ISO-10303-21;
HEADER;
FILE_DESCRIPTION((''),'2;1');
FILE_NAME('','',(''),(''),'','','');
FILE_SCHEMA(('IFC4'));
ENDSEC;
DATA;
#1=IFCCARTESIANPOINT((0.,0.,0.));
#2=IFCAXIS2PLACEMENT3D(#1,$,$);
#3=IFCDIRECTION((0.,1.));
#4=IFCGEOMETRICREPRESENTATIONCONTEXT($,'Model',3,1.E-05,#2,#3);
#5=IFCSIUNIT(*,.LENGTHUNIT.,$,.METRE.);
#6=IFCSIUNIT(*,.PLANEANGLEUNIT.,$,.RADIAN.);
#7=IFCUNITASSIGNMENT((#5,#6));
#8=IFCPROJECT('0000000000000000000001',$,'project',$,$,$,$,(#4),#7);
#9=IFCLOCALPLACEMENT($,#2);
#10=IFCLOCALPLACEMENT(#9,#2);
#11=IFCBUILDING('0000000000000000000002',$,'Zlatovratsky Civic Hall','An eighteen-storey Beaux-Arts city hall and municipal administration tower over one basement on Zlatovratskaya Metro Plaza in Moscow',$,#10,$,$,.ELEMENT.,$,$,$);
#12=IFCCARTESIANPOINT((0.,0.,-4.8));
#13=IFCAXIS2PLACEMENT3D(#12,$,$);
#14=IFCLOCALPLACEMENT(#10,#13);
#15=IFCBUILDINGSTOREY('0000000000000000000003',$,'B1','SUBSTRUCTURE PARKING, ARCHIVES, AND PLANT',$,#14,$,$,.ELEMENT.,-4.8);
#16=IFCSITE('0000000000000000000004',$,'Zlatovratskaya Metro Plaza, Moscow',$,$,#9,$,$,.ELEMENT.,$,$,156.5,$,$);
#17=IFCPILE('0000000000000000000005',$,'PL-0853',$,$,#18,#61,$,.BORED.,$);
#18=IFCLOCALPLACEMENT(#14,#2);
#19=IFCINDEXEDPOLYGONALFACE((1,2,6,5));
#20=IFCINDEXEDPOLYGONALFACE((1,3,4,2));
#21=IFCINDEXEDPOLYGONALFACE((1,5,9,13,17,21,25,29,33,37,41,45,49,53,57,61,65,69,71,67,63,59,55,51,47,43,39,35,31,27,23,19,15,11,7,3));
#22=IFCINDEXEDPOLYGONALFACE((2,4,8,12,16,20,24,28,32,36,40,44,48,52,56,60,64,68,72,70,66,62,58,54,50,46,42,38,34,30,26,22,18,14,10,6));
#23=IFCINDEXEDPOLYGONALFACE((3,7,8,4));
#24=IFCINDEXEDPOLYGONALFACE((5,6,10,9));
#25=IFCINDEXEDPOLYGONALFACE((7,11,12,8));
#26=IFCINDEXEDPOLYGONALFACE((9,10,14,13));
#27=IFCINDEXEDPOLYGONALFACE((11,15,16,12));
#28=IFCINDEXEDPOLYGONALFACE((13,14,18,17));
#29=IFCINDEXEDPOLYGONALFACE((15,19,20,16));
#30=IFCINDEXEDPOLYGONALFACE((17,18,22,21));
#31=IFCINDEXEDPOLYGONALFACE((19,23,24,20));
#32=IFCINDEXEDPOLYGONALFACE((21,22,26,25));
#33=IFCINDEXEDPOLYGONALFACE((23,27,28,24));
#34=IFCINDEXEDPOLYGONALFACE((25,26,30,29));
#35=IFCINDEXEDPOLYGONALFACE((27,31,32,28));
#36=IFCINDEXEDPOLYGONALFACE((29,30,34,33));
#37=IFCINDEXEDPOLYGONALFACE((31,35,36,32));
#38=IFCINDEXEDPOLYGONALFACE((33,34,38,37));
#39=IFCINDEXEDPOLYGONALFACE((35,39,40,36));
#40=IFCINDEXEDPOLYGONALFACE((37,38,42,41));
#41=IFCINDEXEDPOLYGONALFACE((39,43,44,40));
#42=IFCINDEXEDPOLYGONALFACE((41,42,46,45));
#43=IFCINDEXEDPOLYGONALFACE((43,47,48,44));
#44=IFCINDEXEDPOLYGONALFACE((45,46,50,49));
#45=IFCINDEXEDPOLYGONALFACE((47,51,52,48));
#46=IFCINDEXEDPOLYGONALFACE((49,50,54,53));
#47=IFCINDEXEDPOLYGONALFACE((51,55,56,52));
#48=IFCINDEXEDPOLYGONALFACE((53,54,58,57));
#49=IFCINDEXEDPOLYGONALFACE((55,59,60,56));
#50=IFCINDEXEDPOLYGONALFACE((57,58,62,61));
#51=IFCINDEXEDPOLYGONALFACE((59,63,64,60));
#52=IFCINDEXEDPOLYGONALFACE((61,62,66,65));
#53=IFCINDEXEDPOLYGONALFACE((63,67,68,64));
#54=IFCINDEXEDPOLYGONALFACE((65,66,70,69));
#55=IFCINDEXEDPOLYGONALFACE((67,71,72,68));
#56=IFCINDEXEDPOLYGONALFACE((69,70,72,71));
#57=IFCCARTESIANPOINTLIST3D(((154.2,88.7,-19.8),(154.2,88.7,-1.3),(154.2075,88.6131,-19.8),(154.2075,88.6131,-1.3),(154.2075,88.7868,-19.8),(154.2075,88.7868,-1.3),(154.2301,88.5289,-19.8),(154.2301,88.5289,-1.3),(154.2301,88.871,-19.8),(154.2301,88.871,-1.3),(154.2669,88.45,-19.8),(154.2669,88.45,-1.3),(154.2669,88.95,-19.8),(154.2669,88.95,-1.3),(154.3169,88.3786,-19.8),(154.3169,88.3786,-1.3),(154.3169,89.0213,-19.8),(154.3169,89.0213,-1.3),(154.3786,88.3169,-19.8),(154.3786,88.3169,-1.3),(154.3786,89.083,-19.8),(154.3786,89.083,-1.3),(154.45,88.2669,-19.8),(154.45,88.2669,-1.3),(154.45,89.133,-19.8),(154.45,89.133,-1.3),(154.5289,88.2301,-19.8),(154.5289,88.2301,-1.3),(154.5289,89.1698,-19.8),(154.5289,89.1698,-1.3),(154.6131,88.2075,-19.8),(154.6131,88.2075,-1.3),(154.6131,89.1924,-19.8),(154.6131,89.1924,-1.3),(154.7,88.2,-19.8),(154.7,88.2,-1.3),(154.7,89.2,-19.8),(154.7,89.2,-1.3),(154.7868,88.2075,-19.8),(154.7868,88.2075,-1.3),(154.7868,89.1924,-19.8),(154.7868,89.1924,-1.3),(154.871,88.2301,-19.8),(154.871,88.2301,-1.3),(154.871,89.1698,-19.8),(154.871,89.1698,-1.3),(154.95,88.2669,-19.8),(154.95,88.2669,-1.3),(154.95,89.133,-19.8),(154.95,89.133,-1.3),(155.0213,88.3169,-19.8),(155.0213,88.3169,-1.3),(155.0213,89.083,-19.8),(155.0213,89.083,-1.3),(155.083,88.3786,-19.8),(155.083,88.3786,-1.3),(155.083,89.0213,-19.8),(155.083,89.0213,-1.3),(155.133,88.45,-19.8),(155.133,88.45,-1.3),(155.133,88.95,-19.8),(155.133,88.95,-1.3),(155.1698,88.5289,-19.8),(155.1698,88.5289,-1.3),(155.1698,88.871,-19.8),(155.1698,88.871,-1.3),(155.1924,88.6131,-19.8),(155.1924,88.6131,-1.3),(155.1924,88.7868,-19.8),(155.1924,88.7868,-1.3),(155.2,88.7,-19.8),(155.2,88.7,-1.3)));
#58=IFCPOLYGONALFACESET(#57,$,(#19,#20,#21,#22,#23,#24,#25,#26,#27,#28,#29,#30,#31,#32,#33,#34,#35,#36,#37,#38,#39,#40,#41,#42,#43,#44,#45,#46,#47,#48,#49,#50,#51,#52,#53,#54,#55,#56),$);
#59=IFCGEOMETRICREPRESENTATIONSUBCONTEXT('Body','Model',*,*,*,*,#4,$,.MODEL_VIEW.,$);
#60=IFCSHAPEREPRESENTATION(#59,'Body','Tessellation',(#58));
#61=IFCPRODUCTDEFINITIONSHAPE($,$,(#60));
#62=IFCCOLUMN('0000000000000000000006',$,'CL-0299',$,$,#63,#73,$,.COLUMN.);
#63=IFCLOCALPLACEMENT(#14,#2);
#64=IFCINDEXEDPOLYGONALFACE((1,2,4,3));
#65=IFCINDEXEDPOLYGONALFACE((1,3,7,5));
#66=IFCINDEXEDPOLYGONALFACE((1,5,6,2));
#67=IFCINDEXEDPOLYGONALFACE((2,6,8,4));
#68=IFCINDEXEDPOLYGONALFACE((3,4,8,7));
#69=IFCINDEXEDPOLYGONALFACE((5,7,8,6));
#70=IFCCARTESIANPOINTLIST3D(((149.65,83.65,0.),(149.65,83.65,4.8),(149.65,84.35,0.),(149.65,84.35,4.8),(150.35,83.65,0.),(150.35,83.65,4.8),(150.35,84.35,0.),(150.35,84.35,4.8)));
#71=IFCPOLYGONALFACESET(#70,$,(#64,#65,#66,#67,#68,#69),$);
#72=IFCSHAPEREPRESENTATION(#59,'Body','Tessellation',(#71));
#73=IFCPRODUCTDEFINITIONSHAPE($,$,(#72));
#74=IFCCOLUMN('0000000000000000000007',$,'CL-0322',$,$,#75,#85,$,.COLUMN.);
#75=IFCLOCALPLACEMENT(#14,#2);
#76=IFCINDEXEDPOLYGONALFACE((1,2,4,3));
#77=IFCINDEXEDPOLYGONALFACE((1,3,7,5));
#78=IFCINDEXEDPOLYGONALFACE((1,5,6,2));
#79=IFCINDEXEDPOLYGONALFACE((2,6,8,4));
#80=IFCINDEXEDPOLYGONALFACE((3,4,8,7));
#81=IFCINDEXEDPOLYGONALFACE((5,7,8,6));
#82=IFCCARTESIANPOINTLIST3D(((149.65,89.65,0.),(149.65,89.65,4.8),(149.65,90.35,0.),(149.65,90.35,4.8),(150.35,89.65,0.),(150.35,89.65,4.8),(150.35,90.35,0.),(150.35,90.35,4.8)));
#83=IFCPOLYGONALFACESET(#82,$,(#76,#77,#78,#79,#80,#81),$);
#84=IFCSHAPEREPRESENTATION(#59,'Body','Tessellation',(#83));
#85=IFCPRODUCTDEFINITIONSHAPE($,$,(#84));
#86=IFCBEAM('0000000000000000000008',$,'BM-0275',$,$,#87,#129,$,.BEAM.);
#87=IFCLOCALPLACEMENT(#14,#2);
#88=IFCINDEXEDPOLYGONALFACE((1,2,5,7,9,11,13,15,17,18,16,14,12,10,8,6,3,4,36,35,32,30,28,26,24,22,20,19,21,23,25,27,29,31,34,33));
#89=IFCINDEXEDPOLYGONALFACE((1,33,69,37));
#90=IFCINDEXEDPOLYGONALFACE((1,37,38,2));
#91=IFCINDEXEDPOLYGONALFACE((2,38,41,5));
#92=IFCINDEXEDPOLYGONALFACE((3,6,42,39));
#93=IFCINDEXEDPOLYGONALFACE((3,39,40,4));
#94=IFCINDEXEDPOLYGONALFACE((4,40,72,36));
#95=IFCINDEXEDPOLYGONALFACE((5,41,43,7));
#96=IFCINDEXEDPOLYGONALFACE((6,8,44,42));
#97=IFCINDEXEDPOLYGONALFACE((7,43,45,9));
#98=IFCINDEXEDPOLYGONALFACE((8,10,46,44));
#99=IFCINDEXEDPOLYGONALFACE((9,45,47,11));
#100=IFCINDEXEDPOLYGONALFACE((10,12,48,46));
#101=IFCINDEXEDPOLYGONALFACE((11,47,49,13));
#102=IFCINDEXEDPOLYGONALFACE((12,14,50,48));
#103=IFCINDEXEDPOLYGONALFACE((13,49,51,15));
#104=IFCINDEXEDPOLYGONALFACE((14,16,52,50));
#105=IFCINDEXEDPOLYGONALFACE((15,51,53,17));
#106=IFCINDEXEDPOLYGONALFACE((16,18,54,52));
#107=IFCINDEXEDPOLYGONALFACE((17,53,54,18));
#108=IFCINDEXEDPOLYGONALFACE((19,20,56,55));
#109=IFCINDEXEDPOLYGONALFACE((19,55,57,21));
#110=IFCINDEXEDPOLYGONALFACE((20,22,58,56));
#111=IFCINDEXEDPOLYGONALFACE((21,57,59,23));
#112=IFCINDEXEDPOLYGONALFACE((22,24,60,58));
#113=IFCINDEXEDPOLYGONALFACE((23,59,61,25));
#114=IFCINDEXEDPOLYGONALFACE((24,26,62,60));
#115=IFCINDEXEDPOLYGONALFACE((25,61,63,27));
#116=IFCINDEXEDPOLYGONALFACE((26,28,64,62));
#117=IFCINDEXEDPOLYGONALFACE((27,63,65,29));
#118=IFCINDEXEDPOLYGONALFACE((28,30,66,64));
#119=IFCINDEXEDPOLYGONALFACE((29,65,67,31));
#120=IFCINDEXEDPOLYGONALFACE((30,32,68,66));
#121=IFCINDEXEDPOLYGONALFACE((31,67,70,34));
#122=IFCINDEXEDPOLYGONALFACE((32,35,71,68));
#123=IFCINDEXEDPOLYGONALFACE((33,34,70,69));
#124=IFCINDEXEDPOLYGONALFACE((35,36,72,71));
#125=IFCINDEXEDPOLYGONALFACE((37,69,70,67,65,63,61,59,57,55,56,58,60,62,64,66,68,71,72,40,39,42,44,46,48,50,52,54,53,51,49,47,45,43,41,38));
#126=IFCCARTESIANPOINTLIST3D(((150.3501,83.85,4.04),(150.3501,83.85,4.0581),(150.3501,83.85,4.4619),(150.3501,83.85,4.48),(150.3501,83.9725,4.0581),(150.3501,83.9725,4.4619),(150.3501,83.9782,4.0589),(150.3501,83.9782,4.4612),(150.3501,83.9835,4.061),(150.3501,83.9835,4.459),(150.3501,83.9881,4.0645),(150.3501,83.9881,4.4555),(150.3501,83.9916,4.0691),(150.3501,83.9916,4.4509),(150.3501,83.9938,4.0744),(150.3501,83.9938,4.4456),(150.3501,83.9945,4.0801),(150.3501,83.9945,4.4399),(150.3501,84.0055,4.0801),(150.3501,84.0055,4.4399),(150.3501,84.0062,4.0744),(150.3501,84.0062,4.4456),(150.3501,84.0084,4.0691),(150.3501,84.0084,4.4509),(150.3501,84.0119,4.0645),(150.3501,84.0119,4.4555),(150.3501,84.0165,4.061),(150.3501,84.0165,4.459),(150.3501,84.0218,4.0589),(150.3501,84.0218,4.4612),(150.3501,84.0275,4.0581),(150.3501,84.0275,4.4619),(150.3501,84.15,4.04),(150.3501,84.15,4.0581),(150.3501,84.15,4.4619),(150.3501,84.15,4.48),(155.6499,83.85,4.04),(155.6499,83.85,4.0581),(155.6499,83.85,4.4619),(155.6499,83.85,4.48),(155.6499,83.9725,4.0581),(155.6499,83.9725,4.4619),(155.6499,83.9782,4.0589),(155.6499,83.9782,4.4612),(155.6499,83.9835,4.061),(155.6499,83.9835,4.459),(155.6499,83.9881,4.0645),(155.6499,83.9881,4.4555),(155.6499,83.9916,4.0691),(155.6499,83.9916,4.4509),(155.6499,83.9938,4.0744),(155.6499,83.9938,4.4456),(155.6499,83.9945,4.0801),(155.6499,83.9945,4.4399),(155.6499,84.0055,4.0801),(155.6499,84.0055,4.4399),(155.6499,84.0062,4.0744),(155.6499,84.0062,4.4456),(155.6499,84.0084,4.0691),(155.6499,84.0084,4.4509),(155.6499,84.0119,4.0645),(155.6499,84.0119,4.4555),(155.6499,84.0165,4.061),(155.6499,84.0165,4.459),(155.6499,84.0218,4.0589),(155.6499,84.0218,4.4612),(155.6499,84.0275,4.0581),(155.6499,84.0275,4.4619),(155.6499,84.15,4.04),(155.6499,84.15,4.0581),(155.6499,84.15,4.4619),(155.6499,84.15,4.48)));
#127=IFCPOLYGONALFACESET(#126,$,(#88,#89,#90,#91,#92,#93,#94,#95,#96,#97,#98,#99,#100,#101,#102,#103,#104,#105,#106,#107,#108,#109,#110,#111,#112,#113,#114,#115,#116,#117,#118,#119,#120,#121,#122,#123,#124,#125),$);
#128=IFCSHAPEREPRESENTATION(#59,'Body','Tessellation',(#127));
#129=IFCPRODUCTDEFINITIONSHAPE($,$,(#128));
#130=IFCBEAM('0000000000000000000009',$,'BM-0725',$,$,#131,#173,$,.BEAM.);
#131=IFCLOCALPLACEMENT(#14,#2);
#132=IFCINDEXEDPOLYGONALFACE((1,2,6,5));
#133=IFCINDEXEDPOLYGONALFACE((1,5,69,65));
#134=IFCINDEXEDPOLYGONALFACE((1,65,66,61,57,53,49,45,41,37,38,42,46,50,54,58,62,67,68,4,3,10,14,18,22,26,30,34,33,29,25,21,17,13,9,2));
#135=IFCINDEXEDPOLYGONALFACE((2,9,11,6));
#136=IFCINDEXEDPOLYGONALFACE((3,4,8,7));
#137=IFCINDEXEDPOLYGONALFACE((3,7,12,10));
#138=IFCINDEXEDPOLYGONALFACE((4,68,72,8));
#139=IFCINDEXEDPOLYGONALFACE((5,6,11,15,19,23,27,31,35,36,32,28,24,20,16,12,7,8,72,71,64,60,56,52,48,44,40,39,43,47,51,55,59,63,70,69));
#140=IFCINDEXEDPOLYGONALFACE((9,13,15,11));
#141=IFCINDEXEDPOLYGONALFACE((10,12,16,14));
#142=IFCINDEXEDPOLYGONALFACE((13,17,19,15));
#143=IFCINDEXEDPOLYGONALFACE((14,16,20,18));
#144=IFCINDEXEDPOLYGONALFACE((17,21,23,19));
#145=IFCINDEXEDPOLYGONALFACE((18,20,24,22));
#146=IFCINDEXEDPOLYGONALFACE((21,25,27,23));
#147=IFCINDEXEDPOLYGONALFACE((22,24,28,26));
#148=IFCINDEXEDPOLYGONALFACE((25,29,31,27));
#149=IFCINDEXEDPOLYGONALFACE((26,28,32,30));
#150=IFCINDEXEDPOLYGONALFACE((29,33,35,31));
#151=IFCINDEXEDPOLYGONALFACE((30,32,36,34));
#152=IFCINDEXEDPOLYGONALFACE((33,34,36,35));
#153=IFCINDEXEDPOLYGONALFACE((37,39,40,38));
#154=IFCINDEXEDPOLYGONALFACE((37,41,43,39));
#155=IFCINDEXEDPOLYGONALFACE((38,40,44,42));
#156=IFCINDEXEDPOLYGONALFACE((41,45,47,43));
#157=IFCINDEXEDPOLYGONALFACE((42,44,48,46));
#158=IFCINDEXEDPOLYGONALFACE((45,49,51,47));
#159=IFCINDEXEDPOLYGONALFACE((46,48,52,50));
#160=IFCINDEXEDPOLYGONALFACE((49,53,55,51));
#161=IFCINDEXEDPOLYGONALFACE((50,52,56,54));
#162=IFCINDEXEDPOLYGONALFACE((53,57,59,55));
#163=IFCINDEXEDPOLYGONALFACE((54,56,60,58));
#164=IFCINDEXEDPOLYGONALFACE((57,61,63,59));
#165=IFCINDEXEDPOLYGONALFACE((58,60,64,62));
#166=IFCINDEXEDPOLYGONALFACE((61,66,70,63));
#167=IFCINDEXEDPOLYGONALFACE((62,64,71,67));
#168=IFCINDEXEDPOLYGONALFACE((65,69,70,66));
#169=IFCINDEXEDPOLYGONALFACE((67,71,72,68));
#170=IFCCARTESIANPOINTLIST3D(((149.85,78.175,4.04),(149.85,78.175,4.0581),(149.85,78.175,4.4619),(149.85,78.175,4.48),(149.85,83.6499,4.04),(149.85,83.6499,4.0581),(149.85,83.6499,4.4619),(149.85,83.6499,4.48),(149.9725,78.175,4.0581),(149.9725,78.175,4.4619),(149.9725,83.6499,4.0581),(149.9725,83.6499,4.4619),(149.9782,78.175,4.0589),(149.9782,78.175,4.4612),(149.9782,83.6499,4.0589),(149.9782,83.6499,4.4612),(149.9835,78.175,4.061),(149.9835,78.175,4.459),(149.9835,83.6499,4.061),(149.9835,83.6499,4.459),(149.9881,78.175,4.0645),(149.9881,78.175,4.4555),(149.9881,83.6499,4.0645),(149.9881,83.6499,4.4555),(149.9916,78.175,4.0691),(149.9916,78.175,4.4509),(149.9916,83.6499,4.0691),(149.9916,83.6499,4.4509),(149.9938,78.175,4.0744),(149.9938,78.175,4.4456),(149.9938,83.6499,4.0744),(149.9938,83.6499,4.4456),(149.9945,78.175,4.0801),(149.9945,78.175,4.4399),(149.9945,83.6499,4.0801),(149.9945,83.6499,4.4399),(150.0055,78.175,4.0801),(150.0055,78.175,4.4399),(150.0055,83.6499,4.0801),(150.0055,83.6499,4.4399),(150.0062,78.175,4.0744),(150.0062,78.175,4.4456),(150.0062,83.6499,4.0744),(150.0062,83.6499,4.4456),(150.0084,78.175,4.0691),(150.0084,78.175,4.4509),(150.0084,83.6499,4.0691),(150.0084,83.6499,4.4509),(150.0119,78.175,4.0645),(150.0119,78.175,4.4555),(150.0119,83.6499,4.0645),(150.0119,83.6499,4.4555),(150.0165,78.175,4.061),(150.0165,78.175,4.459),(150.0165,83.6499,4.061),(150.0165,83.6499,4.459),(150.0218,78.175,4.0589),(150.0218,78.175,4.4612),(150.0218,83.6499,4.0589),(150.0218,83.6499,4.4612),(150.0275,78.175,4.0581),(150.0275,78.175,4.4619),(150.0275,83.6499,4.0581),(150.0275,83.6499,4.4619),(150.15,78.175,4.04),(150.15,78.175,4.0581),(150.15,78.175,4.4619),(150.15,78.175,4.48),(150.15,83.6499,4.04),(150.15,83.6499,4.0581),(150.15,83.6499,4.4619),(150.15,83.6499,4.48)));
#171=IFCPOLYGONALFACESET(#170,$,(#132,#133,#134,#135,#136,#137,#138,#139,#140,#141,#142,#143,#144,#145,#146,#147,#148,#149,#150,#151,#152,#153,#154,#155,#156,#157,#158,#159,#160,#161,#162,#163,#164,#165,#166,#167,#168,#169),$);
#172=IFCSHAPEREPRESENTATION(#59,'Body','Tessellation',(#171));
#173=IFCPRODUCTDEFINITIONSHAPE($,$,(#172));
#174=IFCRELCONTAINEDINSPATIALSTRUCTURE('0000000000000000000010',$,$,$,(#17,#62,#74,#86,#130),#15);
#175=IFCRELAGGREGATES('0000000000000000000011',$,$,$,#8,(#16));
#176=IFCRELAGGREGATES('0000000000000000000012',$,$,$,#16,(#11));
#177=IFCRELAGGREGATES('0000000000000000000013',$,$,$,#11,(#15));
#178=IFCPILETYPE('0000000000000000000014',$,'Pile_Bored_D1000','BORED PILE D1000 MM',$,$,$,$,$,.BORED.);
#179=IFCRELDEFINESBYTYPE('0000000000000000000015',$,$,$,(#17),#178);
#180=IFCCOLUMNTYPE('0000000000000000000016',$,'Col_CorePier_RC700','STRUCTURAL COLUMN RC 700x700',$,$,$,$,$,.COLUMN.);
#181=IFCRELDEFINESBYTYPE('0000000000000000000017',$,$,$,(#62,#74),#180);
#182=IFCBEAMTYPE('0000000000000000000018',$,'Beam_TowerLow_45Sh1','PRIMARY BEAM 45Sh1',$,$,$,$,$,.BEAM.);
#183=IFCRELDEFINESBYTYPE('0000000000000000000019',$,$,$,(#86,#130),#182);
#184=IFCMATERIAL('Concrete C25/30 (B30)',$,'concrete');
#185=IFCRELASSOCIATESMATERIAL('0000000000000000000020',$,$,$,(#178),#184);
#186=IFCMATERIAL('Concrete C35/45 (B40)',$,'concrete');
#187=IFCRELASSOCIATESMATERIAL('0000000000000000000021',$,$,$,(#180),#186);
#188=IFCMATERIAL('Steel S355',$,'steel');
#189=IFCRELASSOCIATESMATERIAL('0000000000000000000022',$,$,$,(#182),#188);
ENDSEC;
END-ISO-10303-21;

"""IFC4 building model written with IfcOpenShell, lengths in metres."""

from ifc_helpers import new_model, si_unit, direction, frame, origin, origin_2d, place, context, subcontext, project, spatial, rectangle, circle, i_section, extrude, material, material_profile, profile_set, type_object, element, save


model = new_model("IFC4")

# Units and contexts
model_context = context("Model", 3, precision=1e-05, world=origin(), true_north=direction((0.0, 1.0)))
body_context = subcontext(model_context, "Body", "Model", "MODEL_VIEW")
ifc_project = project(units=[si_unit("LENGTHUNIT", "METRE"), si_unit("PLANEANGLEUNIT", "RADIAN")], contexts=[model_context])

# Site, building, storey
site_placement = place(None, origin())
site = spatial("IfcSite", under=ifc_project, at=site_placement, Name="Zlatovratskaya Metro Plaza, Moscow", CompositionType="ELEMENT", RefElevation=156.5)
building_placement = place(site_placement, origin())
building = spatial("IfcBuilding", under=site, at=building_placement, Name="Zlatovratsky Civic Hall", Description="An eighteen-storey Beaux-Arts city hall and municipal administration tower over one basement on Zlatovratskaya Metro Plaza in Moscow", CompositionType="ELEMENT")
storey_placement = place(building_placement, frame((0.0, 0.0, -4.8)))
storey = spatial("IfcBuildingStorey", under=building, at=storey_placement, Name="B1", Description="SUBSTRUCTURE PARKING, ARCHIVES, AND PLANT", CompositionType="ELEMENT", Elevation=-4.8)

# Shared definitions
ifc_material_1 = material(Name="Concrete C25/30 (B30)", Category="concrete")

# Pile
ifc_material_profile_1 = material_profile(ifc_material_1, circle(Radius=0.5, at=origin_2d()), Name="PILE D1000")
ifc_profile_set_1 = profile_set([ifc_material_profile_1], Name="Concrete C25/30 (B30)")
pile_type = type_object("IfcPileType", Name="Pile_Bored_D1000", Description="BORED PILE D1000 MM", PredefinedType="BORED", material=ifc_profile_set_1)
for number, where, z_axis, x_axis, name in (
    (1, (154.7, 88.7, -1.3), (0.0, 0.0, -1.0), (1.0, 0.0, 0.0), "PL-0853"),
):
    element("IfcPile", number, at=place(storey_placement, frame(where, z_axis=z_axis, x_axis=x_axis)), inside=storey, type_object=pile_type, Name=name, PredefinedType="BORED", context=body_context, shape_type="SweptSolid", body=[
        extrude(circle(Radius=0.5, at=origin_2d()), origin(), (0.0, 0.0, 1.0), 18.5),
    ])

# Columns
ifc_material_2 = material(Name="Concrete C35/45 (B40)", Category="concrete")
ifc_material_profile_2 = material_profile(ifc_material_2, rectangle(XDim=0.7, YDim=0.7, at=origin_2d()), Name="RC 700x700")
ifc_profile_set_2 = profile_set([ifc_material_profile_2], Name="Concrete C35/45 (B40)")
column_type = type_object("IfcColumnType", Name="Col_CorePier_RC700", Description="STRUCTURAL COLUMN RC 700x700", PredefinedType="COLUMN", material=ifc_profile_set_2)
for number, where, z_axis, x_axis, name in (
    (2, (150.0, 84.0, 0.0), (0.0, 0.0, 1.0), (1.0, 0.0, 0.0), "CL-0299"),
    (3, (150.0, 90.0, 0.0), (0.0, 0.0, 1.0), (1.0, 0.0, 0.0), "CL-0322"),
):
    element("IfcColumn", number, at=place(storey_placement, frame(where, z_axis=z_axis, x_axis=x_axis)), inside=storey, type_object=column_type, Name=name, PredefinedType="COLUMN", context=body_context, shape_type="SweptSolid", body=[
        extrude(rectangle(XDim=0.7, YDim=0.7, at=origin_2d()), origin(), (0.0, 0.0, 1.0), 4.8),
    ])

# Beams
ifc_material_3 = material(Name="Steel S355", Category="steel")
ifc_material_profile_3 = material_profile(ifc_material_3, i_section(OverallWidth=0.3, OverallDepth=0.4399, WebThickness=0.011, FlangeThickness=0.0181, FilletRadius=0.022, at=origin_2d()), Name="45Sh1")
ifc_profile_set_3 = profile_set([ifc_material_profile_3], Name="Steel S355")
beam_type = type_object("IfcBeamType", Name="Beam_TowerLow_45Sh1", Description="PRIMARY BEAM 45Sh1", PredefinedType="BEAM", material=ifc_profile_set_3)
beam_1_placement = place(storey_placement, frame((150.3501, 84.0, 4.26), z_axis=(1.0, 0.0, 0.0), x_axis=(0.0, 1.0, 0.0)))
element("IfcBeam", 4, at=beam_1_placement, inside=storey, type_object=beam_type, Name="BM-0275", PredefinedType="BEAM", context=body_context, shape_type="SweptSolid", body=[
    extrude(i_section(OverallWidth=0.3, OverallDepth=0.4399, WebThickness=0.011, FlangeThickness=0.0181, FilletRadius=0.022, at=origin_2d()), origin(), (0.0, 0.0, 1.0), 5.2998),
])
beam_2_placement = place(storey_placement, frame((150.0, 78.175, 4.26), z_axis=(0.0, 1.0, 0.0), x_axis=(-1.0, 0.0, 0.0)))
element("IfcBeam", 5, at=beam_2_placement, inside=storey, type_object=beam_type, Name="BM-0725", PredefinedType="BEAM", context=body_context, shape_type="SweptSolid", body=[
    extrude(i_section(OverallWidth=0.3, OverallDepth=0.4399, WebThickness=0.011, FlangeThickness=0.0181, FilletRadius=0.022, at=origin_2d()), origin(), (0.0, 0.0, 1.0), 5.4749),
])

save(model, "model.ifc")
